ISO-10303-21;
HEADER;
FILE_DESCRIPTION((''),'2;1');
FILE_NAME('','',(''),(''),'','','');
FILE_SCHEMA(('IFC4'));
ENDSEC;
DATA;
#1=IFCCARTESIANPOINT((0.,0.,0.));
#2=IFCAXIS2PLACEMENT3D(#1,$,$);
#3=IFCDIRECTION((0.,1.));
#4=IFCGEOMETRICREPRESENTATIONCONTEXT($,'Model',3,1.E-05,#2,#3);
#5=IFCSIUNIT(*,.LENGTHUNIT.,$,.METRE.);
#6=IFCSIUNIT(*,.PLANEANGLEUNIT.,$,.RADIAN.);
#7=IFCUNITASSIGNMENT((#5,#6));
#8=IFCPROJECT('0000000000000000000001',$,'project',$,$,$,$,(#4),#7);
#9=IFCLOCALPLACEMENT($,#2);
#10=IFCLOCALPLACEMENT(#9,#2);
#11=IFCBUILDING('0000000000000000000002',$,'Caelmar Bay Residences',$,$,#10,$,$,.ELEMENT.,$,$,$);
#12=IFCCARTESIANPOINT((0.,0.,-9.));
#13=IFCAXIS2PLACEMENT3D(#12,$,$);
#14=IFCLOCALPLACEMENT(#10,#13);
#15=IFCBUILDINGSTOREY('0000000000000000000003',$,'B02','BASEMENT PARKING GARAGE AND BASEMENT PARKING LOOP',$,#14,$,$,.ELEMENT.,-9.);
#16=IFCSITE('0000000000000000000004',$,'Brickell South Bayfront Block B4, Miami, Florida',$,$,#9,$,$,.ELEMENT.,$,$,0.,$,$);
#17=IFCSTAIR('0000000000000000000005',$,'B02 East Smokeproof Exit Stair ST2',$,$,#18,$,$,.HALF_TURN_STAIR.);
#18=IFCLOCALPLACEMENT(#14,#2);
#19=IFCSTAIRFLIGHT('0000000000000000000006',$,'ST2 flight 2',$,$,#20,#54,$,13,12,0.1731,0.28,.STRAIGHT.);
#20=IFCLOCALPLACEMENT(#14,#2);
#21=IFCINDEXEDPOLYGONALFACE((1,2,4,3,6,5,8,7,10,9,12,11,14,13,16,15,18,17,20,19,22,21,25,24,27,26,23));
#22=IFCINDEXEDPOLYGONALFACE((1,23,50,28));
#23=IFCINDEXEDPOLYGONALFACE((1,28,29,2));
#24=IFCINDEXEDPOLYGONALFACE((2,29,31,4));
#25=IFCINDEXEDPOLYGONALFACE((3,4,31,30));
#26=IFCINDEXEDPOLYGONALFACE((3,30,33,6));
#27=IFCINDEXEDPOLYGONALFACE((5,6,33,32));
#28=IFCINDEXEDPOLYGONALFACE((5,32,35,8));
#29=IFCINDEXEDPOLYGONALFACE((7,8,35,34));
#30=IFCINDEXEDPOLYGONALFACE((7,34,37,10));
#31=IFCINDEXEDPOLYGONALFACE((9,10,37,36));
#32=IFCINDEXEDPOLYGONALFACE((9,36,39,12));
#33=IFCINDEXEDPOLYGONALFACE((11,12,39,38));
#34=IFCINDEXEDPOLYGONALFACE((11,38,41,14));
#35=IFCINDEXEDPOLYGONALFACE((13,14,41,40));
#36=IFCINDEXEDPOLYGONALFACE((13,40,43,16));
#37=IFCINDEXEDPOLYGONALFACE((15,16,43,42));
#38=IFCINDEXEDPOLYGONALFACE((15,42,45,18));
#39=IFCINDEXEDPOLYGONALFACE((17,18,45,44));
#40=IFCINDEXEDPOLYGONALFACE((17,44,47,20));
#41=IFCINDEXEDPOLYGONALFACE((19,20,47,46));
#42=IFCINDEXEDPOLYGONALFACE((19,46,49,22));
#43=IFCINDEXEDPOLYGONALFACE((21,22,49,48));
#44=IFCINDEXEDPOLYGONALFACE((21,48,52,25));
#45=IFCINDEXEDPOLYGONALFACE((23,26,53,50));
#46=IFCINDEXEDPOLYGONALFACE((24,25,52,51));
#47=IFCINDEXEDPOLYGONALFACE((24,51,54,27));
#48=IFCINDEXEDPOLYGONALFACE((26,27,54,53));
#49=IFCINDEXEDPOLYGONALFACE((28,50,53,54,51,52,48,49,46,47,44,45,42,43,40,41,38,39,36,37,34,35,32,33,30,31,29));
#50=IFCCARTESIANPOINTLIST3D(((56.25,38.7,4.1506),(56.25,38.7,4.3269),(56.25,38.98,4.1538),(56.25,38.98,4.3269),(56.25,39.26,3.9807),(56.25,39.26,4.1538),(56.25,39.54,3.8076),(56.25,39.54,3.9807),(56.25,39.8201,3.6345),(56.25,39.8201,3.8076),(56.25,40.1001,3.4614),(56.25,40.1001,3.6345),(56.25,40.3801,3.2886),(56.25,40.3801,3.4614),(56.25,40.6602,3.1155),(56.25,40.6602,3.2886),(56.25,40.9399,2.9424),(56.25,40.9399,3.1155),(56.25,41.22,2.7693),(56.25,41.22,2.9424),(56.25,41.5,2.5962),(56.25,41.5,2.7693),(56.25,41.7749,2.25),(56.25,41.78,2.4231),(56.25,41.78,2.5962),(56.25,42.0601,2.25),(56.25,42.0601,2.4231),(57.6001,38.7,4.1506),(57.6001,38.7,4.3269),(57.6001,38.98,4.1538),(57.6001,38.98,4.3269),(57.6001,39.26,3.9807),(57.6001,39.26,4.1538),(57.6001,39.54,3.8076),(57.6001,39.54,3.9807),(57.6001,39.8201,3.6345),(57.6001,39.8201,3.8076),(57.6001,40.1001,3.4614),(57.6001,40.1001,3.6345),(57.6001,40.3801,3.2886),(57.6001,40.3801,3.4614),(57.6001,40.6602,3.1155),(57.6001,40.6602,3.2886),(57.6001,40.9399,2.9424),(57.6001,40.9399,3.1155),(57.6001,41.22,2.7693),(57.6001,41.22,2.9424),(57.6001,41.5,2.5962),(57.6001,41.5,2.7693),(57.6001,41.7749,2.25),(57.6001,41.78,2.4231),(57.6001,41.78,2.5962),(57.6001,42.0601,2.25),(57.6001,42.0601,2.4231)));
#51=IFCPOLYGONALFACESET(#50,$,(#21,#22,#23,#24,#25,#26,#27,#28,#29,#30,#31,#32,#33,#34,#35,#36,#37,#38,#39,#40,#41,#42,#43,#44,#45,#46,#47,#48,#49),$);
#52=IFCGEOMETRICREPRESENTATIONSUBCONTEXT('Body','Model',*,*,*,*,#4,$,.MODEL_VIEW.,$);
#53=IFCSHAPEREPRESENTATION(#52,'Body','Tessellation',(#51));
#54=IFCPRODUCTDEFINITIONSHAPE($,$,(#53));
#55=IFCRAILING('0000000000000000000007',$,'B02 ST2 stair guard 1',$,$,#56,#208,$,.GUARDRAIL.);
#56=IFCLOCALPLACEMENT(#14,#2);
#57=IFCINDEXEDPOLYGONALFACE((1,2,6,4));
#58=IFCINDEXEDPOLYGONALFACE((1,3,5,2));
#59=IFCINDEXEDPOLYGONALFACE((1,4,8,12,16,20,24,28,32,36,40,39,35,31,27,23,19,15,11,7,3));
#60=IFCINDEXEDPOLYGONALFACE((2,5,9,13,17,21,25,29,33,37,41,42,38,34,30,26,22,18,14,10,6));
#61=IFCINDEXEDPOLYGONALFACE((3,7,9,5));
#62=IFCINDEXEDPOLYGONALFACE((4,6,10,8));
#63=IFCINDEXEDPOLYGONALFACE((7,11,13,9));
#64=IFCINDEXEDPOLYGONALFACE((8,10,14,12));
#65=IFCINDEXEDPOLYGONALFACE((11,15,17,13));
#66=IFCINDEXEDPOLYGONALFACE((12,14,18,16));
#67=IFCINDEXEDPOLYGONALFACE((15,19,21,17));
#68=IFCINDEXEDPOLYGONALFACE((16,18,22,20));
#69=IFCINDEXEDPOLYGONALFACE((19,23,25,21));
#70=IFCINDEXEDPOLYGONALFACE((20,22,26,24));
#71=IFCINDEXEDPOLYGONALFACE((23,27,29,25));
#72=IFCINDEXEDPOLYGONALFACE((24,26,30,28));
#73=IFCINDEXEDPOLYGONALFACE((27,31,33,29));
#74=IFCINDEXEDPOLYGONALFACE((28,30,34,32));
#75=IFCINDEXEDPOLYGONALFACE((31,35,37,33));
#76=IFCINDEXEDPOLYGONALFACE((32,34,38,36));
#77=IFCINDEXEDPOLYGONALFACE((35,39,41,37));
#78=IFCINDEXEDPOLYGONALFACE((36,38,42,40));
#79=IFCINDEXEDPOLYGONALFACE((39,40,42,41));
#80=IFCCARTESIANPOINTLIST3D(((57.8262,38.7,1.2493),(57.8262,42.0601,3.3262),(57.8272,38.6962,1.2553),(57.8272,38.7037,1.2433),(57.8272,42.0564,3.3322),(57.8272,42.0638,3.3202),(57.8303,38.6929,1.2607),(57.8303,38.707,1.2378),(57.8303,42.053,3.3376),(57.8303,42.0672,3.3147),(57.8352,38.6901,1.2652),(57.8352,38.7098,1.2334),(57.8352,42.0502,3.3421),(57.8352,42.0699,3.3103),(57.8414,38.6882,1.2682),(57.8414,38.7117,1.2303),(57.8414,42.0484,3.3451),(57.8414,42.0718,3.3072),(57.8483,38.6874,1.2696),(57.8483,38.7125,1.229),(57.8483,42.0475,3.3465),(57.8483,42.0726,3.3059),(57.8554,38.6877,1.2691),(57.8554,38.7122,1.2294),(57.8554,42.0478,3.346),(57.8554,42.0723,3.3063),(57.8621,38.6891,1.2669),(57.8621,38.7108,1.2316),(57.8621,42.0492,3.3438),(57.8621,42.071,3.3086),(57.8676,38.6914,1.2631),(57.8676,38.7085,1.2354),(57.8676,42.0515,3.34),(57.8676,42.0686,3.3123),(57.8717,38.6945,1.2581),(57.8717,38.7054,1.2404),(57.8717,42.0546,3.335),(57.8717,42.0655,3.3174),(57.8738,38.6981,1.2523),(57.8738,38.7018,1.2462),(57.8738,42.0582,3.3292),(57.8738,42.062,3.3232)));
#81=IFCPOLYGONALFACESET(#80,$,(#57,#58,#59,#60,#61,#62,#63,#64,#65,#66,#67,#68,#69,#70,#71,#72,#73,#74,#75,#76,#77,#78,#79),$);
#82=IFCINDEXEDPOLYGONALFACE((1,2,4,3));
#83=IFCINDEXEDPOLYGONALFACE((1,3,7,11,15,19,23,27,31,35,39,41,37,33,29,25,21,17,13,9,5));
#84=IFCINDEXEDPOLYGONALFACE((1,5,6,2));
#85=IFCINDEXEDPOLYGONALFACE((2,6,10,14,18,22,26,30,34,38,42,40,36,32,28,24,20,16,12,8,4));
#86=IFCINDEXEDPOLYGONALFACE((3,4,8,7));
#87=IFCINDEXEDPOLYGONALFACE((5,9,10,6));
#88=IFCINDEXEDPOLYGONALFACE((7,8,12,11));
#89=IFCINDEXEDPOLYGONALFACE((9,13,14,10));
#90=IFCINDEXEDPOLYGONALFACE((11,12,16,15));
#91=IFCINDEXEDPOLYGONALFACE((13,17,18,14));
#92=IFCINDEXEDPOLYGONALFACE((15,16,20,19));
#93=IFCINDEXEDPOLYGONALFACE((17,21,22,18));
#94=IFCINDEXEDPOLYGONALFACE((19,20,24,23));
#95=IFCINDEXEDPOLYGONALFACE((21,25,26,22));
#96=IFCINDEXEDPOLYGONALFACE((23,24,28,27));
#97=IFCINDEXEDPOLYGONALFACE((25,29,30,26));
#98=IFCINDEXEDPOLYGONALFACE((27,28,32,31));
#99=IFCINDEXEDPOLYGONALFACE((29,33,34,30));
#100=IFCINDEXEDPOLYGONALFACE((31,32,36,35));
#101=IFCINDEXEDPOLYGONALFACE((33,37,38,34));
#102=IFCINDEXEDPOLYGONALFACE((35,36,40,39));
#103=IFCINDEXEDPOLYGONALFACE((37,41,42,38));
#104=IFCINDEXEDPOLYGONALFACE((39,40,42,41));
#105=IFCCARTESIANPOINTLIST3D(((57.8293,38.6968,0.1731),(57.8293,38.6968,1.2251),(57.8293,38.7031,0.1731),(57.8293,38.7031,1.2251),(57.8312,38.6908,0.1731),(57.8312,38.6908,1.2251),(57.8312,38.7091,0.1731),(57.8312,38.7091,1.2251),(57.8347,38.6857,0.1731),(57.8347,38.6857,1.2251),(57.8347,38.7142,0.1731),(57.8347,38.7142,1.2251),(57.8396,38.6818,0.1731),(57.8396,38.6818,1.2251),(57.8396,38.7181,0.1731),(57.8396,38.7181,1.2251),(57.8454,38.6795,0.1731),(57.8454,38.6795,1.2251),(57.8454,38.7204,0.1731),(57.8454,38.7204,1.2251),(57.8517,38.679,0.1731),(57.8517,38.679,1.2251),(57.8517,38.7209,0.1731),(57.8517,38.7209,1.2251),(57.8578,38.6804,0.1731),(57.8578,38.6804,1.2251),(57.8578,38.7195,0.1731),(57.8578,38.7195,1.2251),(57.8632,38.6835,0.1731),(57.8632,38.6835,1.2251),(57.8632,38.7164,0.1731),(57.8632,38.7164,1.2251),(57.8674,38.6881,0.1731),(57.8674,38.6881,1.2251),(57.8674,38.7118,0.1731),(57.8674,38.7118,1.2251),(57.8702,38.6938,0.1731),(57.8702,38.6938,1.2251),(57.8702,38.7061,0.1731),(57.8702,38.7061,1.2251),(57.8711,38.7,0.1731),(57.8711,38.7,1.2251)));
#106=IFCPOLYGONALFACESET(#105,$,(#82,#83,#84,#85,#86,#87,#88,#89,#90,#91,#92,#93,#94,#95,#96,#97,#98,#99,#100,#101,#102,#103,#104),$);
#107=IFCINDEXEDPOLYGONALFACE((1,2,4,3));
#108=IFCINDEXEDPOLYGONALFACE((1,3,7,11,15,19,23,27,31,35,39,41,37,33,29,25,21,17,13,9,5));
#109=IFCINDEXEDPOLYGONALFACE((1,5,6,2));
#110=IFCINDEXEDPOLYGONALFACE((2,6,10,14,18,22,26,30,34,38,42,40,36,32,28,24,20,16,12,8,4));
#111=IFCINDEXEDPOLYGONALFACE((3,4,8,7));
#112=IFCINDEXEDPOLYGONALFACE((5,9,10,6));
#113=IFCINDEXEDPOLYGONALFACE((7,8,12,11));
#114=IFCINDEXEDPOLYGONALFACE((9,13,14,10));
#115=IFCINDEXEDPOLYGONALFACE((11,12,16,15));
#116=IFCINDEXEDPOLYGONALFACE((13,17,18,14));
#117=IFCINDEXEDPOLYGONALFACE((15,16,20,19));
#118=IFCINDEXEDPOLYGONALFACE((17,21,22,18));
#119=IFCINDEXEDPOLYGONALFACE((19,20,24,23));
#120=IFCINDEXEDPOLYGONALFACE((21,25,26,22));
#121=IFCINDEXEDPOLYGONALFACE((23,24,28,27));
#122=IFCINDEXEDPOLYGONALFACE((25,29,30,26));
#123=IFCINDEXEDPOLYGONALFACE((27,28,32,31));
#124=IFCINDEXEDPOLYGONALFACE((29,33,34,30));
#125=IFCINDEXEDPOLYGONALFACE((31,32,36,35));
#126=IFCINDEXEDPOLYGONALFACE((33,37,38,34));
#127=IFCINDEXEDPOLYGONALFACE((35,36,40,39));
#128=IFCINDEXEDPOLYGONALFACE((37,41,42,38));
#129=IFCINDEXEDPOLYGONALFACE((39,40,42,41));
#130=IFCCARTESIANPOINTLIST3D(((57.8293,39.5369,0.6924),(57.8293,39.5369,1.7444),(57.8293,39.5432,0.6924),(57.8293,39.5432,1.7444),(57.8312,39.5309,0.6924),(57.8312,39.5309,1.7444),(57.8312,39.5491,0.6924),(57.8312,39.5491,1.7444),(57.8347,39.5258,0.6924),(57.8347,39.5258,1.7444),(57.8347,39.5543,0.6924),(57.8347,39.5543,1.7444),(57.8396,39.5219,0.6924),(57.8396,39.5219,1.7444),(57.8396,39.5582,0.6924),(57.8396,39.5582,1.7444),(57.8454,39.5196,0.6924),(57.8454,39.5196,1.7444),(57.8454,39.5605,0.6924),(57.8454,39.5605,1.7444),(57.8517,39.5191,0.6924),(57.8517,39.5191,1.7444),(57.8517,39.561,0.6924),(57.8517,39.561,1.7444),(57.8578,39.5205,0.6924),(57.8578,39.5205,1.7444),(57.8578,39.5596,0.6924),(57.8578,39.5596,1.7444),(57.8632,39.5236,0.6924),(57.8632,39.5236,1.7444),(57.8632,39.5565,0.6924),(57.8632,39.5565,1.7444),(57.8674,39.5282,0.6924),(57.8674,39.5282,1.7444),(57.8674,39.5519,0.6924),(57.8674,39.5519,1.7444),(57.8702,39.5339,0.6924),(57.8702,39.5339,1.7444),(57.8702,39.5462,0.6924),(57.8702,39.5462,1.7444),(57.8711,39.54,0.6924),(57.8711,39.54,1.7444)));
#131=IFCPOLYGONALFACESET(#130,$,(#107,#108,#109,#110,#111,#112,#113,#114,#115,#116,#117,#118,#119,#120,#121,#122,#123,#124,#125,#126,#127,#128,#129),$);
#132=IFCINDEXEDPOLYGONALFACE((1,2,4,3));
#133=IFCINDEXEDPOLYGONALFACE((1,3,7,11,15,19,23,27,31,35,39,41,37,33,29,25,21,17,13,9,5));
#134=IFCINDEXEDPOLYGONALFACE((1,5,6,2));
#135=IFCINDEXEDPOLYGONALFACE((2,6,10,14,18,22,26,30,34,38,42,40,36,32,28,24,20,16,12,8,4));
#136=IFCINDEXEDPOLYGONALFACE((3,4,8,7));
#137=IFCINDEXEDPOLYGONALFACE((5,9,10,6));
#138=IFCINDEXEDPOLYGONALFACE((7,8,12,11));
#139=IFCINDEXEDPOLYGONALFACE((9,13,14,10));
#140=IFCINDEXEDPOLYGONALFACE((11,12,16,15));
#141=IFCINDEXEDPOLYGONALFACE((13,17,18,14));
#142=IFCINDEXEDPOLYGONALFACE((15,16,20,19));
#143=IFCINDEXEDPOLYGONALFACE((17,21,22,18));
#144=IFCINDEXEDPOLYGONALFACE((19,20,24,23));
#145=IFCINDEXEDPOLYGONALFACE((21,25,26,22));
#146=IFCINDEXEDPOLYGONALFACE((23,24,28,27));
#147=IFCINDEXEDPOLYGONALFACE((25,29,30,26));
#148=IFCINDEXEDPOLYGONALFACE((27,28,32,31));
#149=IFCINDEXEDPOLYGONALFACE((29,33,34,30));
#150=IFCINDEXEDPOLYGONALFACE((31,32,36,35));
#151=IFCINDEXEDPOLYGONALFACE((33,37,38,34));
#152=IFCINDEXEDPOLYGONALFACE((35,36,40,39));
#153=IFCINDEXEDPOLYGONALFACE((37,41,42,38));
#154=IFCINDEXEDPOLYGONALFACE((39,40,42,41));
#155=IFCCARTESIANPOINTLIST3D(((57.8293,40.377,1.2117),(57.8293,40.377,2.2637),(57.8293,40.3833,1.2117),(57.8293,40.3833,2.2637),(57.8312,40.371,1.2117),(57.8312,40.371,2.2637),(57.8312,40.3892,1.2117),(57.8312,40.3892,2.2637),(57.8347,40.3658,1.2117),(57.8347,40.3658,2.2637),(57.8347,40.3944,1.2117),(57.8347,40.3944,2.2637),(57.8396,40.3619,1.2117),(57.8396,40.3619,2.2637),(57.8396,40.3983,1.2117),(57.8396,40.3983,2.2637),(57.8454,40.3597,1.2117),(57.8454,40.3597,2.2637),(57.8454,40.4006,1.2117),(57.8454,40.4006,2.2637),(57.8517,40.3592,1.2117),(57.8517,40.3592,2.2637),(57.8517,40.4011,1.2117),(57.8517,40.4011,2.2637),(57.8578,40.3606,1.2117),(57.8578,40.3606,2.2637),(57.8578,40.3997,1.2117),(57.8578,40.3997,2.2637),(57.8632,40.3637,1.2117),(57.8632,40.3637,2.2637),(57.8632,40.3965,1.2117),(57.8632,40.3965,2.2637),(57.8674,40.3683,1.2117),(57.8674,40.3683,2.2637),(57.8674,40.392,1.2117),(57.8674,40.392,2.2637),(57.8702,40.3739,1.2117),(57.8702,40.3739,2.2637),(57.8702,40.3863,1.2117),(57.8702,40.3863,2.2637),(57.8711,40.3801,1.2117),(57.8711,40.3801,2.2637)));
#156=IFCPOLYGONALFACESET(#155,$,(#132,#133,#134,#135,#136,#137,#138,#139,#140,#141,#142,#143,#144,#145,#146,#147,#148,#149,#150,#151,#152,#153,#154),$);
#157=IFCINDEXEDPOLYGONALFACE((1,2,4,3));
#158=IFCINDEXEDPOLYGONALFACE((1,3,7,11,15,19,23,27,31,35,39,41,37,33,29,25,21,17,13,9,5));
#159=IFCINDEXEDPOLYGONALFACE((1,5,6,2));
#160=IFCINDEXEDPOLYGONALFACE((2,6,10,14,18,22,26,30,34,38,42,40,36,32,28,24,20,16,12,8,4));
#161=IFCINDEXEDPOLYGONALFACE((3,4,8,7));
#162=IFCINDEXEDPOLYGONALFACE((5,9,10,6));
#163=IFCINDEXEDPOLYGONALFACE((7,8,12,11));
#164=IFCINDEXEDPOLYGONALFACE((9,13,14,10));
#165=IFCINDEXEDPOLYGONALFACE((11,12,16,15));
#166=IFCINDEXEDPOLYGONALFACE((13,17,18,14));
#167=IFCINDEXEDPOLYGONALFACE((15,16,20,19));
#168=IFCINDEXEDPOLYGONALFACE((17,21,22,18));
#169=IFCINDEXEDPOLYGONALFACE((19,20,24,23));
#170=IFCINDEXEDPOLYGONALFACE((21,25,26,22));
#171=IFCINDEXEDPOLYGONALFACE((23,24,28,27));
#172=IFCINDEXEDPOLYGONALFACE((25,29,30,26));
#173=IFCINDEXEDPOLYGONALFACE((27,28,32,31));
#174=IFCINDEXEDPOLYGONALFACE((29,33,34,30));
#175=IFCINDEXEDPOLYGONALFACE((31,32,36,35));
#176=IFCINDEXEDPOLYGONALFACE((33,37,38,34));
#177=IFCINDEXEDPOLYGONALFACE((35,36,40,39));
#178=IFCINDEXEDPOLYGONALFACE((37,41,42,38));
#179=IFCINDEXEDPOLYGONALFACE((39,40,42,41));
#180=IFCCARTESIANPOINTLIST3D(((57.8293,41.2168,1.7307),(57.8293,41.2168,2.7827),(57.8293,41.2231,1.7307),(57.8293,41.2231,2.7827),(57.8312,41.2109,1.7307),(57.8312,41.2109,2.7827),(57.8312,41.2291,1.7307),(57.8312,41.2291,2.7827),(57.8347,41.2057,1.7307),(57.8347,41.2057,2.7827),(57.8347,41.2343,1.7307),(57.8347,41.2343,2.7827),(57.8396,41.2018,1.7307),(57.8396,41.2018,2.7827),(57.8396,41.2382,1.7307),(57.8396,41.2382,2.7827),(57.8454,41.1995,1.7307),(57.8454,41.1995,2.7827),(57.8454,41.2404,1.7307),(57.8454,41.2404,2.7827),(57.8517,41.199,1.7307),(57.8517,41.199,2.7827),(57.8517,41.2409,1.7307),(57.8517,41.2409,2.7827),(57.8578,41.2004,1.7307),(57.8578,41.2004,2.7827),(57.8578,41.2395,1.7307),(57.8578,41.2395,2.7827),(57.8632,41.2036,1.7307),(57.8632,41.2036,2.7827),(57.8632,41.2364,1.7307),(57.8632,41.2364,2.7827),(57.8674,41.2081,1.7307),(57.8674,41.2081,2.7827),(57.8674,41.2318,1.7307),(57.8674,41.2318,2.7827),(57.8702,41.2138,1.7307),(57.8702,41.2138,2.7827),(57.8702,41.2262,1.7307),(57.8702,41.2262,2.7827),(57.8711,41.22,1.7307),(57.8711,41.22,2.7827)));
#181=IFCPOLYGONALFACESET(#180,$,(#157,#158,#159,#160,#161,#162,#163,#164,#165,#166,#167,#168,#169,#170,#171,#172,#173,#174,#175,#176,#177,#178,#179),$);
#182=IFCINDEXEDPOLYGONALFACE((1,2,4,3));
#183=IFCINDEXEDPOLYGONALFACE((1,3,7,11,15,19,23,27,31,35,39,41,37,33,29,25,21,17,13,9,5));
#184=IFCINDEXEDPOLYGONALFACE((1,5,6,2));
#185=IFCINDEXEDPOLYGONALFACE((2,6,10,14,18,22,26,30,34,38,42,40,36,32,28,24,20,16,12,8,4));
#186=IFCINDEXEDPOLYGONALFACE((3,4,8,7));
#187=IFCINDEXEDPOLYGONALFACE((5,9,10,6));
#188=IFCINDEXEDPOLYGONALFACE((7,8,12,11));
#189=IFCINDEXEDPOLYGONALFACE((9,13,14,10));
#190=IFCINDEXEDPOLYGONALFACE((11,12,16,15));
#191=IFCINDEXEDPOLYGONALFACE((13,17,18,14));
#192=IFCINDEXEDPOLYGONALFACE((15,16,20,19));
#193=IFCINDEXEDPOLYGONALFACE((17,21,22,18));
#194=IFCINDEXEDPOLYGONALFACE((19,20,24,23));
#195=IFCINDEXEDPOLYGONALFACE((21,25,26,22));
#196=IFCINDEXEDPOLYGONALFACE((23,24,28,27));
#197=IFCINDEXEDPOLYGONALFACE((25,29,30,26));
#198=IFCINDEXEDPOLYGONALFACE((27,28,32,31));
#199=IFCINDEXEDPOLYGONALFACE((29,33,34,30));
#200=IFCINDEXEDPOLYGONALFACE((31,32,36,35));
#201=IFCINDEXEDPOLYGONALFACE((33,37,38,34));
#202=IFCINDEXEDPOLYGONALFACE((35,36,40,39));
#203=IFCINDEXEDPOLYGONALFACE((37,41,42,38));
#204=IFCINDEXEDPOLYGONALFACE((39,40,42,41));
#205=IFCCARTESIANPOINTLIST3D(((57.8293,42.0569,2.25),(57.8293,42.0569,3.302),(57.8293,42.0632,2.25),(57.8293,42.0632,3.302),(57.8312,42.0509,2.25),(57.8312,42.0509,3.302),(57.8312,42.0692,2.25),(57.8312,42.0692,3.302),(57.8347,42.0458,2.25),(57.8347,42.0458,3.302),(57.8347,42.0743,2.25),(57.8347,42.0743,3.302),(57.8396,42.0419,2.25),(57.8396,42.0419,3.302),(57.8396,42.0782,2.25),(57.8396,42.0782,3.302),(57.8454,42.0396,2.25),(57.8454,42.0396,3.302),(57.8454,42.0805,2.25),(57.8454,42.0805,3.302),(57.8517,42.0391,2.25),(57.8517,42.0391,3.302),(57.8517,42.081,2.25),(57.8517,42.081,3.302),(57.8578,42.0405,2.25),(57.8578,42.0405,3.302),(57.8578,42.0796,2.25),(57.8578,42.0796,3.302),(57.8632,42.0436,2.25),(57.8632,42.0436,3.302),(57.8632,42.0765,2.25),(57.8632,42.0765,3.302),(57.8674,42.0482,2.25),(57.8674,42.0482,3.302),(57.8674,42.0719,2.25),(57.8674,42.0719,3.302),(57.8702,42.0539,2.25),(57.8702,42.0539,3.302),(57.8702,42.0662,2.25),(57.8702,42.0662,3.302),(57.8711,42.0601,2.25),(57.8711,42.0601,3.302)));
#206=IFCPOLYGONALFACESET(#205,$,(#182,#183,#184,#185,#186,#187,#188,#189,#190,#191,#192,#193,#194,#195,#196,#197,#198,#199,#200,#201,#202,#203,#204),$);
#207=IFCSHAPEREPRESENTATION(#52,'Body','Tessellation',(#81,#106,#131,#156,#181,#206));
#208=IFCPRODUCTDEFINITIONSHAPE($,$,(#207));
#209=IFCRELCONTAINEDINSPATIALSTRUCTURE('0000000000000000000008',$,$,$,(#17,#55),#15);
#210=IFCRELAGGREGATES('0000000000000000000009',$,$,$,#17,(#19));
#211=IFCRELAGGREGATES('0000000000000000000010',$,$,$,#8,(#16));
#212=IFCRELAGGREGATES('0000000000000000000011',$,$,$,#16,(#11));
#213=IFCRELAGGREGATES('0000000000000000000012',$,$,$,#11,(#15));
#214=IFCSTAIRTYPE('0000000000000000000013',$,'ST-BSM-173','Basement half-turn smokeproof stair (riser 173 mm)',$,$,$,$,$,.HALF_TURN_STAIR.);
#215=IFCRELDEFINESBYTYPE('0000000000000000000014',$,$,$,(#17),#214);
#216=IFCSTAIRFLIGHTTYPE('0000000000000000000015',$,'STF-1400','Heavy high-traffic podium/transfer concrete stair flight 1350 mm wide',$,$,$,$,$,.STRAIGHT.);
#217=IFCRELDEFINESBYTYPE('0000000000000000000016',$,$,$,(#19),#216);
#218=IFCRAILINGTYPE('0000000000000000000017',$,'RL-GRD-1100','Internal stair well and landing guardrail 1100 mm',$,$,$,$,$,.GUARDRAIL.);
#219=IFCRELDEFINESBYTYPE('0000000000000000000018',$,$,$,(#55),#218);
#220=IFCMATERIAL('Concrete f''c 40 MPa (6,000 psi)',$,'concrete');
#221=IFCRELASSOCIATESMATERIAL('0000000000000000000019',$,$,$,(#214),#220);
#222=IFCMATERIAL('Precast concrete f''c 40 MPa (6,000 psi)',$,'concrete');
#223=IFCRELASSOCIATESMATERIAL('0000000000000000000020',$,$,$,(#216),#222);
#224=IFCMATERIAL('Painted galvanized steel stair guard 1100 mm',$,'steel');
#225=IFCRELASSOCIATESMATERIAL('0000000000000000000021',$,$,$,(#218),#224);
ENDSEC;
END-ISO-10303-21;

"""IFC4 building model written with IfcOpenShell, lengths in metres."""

from ifc_helpers import new_model, si_unit, direction, frame, origin, origin_2d, place, context, subcontext, project, spatial, polyline, circle, outline, extrude, material, type_object, element, aggregate, save


model = new_model("IFC4")

# Units and contexts
model_context = context("Model", 3, precision=1e-05, world=origin(), true_north=direction((0.0, 1.0)))
body_context = subcontext(model_context, "Body", "Model", "MODEL_VIEW")
ifc_project = project(units=[si_unit("LENGTHUNIT", "METRE"), si_unit("PLANEANGLEUNIT", "RADIAN")], contexts=[model_context])

# Site, building, storey
site_placement = place(None, origin())
site = spatial("IfcSite", under=ifc_project, at=site_placement, Name="Brickell South Bayfront Block B4, Miami, Florida", CompositionType="ELEMENT", RefElevation=0.0)
building_placement = place(site_placement, origin())
building = spatial("IfcBuilding", under=site, at=building_placement, Name="Caelmar Bay Residences", CompositionType="ELEMENT")
storey_placement = place(building_placement, frame((0.0, 0.0, -9.0)))
storey = spatial("IfcBuildingStorey", under=building, at=storey_placement, Name="B02", Description="BASEMENT PARKING GARAGE AND BASEMENT PARKING LOOP", CompositionType="ELEMENT", Elevation=-9.0)

# Stair, stair flight
ifc_material_1 = material(Name="Concrete f'c 40 MPa (6,000 psi)", Category="concrete")
stair_type = type_object("IfcStairType", Name="ST-BSM-173", Description="Basement half-turn smokeproof stair (riser 173 mm)", PredefinedType="HALF_TURN_STAIR", material=ifc_material_1)
stair_placement = place(storey_placement, origin())
stair = element("IfcStair", 1, at=stair_placement, inside=storey, type_object=stair_type, Name="B02 East Smokeproof Exit Stair ST2", PredefinedType="HALF_TURN_STAIR")
ifc_material_2 = material(Name="Precast concrete f'c 40 MPa (6,000 psi)", Category="concrete")
stair_flight_type = type_object("IfcStairFlightType", Name="STF-1400", Description="Heavy high-traffic podium/transfer concrete stair flight 1350 mm wide", PredefinedType="STRAIGHT", material=ifc_material_2)
stair_flight_1_placement = place(storey_placement, frame((56.925, 42.0601, 2.25), z_axis=(0.0, 0.0, 1.0), x_axis=(0.0, -1.0, 0.0)))
stair_flight_1 = element("IfcStairFlight", 2, at=stair_flight_1_placement, type_object=stair_flight_type, Name="ST2 flight 2", NumberOfRisers=13, NumberOfTreads=12, PredefinedType="STRAIGHT", RiserHeight=0.1731, TreadLength=0.28, context=body_context, shape_type="SweptSolid", body=[
    extrude(outline(polyline([(0.0, 0.0), (0.0, 0.1731), (0.28, 0.1731), (0.28, 0.3462), (0.5601, 0.3462), (0.5601, 0.5193), (0.8401, 0.5193), (0.8401, 0.6924), (1.1201, 0.6924), (1.1201, 0.8655), (1.3999, 0.8655), (1.3999, 1.0386), (1.6799, 1.0386), (1.6799, 1.2114), (1.96, 1.2114), (1.96, 1.3845), (2.24, 1.3845), (2.24, 1.5576), (2.52, 1.5576), (2.52, 1.7307), (2.8, 1.7307), (2.8, 1.9038), (3.0801, 1.9038), (3.0801, 2.0769), (3.3601, 2.0769), (3.3601, 2.25), (3.3601, 1.9006), (0.2852, 0.0), (0.0, 0.0)])), frame((0.0, 0.675, 0.0), z_axis=(0.0, -1.0, 0.0), x_axis=(1.0, 0.0, 0.0)), (0.0, 0.0, 1.0), 1.3501),
])
aggregate(stair, [stair_flight_1])

# Railing
ifc_material_3 = material(Name="Painted galvanized steel stair guard 1100 mm", Category="steel")
railing_type_1 = type_object("IfcRailingType", Name="RL-GRD-1100", Description="Internal stair well and landing guardrail 1100 mm", PredefinedType="GUARDRAIL", material=ifc_material_3)
railing_1_placement = place(storey_placement, frame((57.8501, 38.7, 0.1731)))
element("IfcRailing", 3, at=railing_1_placement, inside=storey, type_object=railing_type_1, Name="B02 ST2 stair guard 1", PredefinedType="GUARDRAIL", context=body_context, shape_type="SweptSolid", body=[
    extrude(circle(Radius=0.0239, at=origin_2d()), frame((0.0, 0.0, 1.0762), z_axis=(0.0, 0.850623, 0.525776), x_axis=(-1.0, 0.0, 0.0)), (0.0, 0.0, 1.0), 3.9502),
    extrude(circle(Radius=0.021, at=origin_2d()), origin(), (0.0, 0.0, 1.0), 1.052),
    extrude(circle(Radius=0.021, at=origin_2d()), frame((0.0, 0.8401, 0.5193)), (0.0, 0.0, 1.0), 1.052),
    extrude(circle(Radius=0.021, at=origin_2d()), frame((0.0, 1.6802, 1.0386)), (0.0, 0.0, 1.0), 1.052),
    extrude(circle(Radius=0.021, at=origin_2d()), frame((0.0, 2.52, 1.5576)), (0.0, 0.0, 1.0), 1.052),
    extrude(circle(Radius=0.021, at=origin_2d()), frame((0.0, 3.3601, 2.0769)), (0.0, 0.0, 1.0), 1.052),
])

save(model, "model.ifc")
